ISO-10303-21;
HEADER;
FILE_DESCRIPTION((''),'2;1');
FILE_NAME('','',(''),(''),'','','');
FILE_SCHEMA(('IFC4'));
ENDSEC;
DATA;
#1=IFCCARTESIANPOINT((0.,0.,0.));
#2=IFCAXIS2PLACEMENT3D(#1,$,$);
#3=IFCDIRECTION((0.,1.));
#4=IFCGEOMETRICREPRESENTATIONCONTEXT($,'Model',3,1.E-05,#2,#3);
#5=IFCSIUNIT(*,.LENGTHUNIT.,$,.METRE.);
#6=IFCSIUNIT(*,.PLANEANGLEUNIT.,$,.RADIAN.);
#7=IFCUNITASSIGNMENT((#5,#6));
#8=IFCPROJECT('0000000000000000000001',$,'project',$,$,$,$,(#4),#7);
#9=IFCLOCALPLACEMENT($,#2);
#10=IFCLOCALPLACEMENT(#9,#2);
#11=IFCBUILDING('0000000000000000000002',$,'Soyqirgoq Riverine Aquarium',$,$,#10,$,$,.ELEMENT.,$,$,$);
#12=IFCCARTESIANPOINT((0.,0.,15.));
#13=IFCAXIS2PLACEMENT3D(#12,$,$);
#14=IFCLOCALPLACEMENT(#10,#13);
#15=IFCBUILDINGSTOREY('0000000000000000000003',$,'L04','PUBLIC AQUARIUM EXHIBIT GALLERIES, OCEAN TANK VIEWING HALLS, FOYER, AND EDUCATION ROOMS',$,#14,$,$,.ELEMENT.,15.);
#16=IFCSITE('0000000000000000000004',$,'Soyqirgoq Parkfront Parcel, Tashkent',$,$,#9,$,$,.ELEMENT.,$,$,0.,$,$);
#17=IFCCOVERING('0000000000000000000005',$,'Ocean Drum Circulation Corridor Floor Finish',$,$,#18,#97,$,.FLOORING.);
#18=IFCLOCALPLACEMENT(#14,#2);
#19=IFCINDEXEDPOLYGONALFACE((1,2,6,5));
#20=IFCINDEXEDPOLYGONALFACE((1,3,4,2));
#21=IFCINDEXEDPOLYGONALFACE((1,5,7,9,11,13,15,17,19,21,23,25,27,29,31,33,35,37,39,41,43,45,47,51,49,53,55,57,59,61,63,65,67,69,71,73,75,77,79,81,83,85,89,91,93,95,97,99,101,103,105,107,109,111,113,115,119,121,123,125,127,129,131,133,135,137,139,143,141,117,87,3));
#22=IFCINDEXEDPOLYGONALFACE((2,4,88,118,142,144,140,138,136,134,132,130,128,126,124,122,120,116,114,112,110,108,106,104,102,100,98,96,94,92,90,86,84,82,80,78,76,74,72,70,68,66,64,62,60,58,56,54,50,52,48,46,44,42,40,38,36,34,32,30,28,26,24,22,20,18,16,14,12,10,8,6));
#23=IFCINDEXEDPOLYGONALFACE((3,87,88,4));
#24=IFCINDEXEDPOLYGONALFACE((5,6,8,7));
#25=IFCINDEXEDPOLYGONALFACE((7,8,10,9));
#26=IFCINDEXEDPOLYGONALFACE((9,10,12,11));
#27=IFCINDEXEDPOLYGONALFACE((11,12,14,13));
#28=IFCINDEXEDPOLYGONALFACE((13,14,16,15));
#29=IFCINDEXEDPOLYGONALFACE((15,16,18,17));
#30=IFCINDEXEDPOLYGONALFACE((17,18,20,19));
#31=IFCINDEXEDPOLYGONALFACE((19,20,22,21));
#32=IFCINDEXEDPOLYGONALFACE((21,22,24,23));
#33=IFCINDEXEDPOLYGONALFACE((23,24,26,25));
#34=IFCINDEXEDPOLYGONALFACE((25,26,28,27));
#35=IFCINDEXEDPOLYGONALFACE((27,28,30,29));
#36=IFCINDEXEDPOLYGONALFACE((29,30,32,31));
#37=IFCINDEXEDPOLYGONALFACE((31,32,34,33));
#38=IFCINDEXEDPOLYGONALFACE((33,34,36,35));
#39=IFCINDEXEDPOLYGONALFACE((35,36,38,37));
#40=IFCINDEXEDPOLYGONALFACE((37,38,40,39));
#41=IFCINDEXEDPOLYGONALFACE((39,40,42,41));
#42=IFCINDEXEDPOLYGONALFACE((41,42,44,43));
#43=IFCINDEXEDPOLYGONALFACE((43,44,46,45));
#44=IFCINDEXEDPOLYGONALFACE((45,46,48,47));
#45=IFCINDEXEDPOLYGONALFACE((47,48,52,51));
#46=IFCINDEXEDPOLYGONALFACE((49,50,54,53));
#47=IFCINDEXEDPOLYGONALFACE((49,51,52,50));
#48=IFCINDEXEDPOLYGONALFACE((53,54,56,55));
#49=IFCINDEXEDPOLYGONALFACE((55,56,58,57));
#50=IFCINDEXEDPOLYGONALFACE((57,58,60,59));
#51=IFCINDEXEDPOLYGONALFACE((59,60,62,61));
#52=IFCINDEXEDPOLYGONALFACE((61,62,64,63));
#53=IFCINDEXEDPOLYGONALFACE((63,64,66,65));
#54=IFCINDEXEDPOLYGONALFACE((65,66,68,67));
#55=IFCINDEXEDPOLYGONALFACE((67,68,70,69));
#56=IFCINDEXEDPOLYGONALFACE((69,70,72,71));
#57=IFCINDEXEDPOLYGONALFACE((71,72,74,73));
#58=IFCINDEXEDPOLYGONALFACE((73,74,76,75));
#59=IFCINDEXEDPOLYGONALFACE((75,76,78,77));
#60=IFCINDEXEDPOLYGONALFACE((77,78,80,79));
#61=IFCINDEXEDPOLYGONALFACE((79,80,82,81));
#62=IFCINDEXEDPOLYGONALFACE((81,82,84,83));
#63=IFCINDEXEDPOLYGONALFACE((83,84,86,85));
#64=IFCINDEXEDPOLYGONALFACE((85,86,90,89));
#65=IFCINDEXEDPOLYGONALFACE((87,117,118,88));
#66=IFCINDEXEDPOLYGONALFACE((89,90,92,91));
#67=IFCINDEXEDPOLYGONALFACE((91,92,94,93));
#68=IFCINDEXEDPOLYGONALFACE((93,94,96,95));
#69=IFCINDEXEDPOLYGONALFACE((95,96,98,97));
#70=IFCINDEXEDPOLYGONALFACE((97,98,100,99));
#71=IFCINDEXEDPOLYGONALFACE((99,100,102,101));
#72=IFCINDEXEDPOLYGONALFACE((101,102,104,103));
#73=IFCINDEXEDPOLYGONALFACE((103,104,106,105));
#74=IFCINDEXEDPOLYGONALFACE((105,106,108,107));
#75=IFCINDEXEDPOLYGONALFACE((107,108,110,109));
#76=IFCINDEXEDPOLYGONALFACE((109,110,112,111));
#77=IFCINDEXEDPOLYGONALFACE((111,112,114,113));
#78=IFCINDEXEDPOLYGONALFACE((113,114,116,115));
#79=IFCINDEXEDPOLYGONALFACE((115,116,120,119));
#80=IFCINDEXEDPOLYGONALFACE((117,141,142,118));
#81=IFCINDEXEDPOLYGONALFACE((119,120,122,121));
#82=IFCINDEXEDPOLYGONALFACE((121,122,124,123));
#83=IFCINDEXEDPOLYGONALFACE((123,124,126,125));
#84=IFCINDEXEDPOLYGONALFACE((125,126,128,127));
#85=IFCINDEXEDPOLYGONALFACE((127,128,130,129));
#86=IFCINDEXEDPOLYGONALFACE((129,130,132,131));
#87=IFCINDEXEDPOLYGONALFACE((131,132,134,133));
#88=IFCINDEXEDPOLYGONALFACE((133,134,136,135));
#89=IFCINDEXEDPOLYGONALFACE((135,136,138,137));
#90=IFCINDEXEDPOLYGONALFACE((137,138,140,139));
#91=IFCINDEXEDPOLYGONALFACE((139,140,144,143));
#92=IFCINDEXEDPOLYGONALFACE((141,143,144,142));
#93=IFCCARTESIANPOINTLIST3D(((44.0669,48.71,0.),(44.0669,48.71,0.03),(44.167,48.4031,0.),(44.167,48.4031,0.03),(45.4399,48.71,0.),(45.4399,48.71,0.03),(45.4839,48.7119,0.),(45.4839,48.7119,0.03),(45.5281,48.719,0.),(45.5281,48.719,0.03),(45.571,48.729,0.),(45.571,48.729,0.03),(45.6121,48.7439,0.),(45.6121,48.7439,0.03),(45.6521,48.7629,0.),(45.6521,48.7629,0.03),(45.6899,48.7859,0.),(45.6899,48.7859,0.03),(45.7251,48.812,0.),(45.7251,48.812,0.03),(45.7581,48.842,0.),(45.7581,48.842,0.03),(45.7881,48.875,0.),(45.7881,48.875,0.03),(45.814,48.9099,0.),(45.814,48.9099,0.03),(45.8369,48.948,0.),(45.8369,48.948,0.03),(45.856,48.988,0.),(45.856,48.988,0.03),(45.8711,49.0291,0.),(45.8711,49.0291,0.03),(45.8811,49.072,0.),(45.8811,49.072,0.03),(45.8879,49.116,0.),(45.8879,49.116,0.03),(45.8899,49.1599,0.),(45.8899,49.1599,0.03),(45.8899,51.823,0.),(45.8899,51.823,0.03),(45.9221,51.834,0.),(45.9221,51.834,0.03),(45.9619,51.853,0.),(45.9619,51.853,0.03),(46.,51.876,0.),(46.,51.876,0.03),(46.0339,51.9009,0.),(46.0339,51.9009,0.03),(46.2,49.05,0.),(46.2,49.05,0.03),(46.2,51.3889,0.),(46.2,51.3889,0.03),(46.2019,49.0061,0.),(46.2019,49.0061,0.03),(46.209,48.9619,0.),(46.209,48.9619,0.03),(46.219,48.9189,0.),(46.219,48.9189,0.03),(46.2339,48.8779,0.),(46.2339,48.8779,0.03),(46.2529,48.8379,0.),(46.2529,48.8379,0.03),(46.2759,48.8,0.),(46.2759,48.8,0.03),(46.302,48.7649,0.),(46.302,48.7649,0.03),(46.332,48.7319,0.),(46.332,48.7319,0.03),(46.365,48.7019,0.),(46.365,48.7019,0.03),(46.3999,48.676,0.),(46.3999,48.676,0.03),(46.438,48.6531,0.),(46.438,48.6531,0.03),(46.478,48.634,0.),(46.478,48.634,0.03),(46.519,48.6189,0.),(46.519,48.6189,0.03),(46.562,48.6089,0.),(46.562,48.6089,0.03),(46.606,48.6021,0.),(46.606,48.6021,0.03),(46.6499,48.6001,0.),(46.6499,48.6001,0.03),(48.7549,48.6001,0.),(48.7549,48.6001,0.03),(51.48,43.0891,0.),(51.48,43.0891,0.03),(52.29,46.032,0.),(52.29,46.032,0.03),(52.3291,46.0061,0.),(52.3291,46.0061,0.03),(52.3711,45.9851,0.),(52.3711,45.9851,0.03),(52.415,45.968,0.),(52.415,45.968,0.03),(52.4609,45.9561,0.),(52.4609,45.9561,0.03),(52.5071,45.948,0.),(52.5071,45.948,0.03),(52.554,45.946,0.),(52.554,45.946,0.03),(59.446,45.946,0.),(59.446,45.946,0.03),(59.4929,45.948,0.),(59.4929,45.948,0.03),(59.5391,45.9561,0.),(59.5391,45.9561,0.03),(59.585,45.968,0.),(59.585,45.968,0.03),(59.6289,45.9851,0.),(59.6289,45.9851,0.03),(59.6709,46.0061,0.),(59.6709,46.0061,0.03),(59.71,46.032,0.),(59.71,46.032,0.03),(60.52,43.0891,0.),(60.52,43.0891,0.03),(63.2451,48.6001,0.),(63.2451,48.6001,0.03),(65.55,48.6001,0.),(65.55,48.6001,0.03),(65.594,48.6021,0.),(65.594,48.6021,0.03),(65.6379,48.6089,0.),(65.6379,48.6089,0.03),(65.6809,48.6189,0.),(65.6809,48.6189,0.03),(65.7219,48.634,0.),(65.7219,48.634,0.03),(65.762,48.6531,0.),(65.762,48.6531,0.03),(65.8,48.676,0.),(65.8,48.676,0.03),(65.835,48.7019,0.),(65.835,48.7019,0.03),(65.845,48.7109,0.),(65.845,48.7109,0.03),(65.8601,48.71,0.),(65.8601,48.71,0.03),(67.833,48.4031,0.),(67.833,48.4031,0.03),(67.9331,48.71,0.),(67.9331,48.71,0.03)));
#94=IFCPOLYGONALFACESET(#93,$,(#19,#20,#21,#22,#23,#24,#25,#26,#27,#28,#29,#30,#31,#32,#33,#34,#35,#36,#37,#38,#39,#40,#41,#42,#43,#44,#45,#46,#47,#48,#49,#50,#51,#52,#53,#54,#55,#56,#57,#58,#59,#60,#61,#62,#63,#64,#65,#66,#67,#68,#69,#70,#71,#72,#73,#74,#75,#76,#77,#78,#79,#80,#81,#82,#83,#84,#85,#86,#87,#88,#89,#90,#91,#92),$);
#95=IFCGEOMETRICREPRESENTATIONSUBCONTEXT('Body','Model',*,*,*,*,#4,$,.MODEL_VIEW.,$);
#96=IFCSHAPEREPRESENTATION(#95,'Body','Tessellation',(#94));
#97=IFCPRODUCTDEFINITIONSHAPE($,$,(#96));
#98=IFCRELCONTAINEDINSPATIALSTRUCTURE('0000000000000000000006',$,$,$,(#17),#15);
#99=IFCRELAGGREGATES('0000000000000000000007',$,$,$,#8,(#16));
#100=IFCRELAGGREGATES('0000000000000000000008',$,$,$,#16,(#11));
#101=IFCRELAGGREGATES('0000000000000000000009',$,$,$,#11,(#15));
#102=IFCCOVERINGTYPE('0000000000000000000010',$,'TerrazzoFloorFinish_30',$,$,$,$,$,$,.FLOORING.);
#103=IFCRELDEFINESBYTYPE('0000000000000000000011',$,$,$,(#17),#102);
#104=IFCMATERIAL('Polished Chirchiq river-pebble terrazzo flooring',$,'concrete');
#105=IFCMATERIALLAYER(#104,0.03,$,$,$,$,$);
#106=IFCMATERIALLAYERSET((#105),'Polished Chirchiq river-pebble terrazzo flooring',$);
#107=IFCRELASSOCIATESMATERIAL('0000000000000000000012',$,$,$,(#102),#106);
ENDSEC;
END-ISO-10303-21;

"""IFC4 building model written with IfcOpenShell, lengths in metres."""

from ifc_helpers import new_model, si_unit, direction, frame, origin, place, context, subcontext, project, spatial, polyline, outline, extrude, material, layer, layer_set, type_object, element, save


model = new_model("IFC4")

# Units and contexts
model_context = context("Model", 3, precision=1e-05, world=origin(), true_north=direction((0.0, 1.0)))
body_context = subcontext(model_context, "Body", "Model", "MODEL_VIEW")
ifc_project = project(units=[si_unit("LENGTHUNIT", "METRE"), si_unit("PLANEANGLEUNIT", "RADIAN")], contexts=[model_context])

# Site, building, storey
site_placement = place(None, origin())
site = spatial("IfcSite", under=ifc_project, at=site_placement, Name="Soyqirgoq Parkfront Parcel, Tashkent", CompositionType="ELEMENT", RefElevation=0.0)
building_placement = place(site_placement, origin())
building = spatial("IfcBuilding", under=site, at=building_placement, Name="Soyqirgoq Riverine Aquarium", CompositionType="ELEMENT")
storey_placement = place(building_placement, frame((0.0, 0.0, 15.0)))
storey = spatial("IfcBuildingStorey", under=building, at=storey_placement, Name="L04", Description="PUBLIC AQUARIUM EXHIBIT GALLERIES, OCEAN TANK VIEWING HALLS, FOYER, AND EDUCATION ROOMS", CompositionType="ELEMENT", Elevation=15.0)

# Covering
ifc_material_1 = material(Name="Polished Chirchiq river-pebble terrazzo flooring", Category="concrete")
ifc_layer_1 = layer(ifc_material_1, 0.03)
ifc_layer_set_1 = layer_set([ifc_layer_1], Name="Polished Chirchiq river-pebble terrazzo flooring")
covering_type_1 = type_object("IfcCoveringType", Name="TerrazzoFloorFinish_30", PredefinedType="FLOORING", material=ifc_layer_set_1)
covering_1_placement = place(storey_placement, origin())
element("IfcCovering", 1, at=covering_1_placement, inside=storey, type_object=covering_type_1, Name="Ocean Drum Circulation Corridor Floor Finish", PredefinedType="FLOORING", context=body_context, shape_type="SweptSolid", body=[
    extrude(outline(polyline([(45.4399, 48.71), (45.4839, 48.7119), (45.5281, 48.719), (45.571, 48.729), (45.6121, 48.7439), (45.6521, 48.7629), (45.6899, 48.7859), (45.7251, 48.812), (45.7581, 48.842), (45.7881, 48.875), (45.814, 48.9099), (45.8369, 48.948), (45.856, 48.988), (45.8711, 49.0291), (45.8811, 49.072), (45.8879, 49.116), (45.8899, 49.1599), (45.8899, 51.823), (45.9221, 51.834), (45.9619, 51.853), (46.0, 51.876), (46.0339, 51.9009), (46.2, 51.3889), (46.2, 49.05), (46.2019, 49.0061), (46.209, 48.9619), (46.219, 48.9189), (46.2339, 48.8779), (46.2529, 48.8379), (46.2759, 48.8), (46.302, 48.7649), (46.332, 48.7319), (46.365, 48.7019), (46.3999, 48.676), (46.438, 48.6531), (46.478, 48.634), (46.519, 48.6189), (46.562, 48.6089), (46.606, 48.6021), (46.6499, 48.6001), (48.7549, 48.6001), (52.29, 46.032), (52.3291, 46.0061), (52.3711, 45.9851), (52.415, 45.968), (52.4609, 45.9561), (52.5071, 45.948), (52.554, 45.946), (59.446, 45.946), (59.4929, 45.948), (59.5391, 45.9561), (59.585, 45.968), (59.6289, 45.9851), (59.6709, 46.0061), (59.71, 46.032), (63.2451, 48.6001), (65.55, 48.6001), (65.594, 48.6021), (65.6379, 48.6089), (65.6809, 48.6189), (65.7219, 48.634), (65.762, 48.6531), (65.8, 48.676), (65.835, 48.7019), (65.845, 48.7109), (65.8601, 48.71), (67.9331, 48.71), (67.833, 48.4031), (60.52, 43.0891), (51.48, 43.0891), (44.167, 48.4031), (44.0669, 48.71), (45.4399, 48.71)])), origin(), (0.0, 0.0, 1.0), 0.03),
])

save(model, "model.ifc")
